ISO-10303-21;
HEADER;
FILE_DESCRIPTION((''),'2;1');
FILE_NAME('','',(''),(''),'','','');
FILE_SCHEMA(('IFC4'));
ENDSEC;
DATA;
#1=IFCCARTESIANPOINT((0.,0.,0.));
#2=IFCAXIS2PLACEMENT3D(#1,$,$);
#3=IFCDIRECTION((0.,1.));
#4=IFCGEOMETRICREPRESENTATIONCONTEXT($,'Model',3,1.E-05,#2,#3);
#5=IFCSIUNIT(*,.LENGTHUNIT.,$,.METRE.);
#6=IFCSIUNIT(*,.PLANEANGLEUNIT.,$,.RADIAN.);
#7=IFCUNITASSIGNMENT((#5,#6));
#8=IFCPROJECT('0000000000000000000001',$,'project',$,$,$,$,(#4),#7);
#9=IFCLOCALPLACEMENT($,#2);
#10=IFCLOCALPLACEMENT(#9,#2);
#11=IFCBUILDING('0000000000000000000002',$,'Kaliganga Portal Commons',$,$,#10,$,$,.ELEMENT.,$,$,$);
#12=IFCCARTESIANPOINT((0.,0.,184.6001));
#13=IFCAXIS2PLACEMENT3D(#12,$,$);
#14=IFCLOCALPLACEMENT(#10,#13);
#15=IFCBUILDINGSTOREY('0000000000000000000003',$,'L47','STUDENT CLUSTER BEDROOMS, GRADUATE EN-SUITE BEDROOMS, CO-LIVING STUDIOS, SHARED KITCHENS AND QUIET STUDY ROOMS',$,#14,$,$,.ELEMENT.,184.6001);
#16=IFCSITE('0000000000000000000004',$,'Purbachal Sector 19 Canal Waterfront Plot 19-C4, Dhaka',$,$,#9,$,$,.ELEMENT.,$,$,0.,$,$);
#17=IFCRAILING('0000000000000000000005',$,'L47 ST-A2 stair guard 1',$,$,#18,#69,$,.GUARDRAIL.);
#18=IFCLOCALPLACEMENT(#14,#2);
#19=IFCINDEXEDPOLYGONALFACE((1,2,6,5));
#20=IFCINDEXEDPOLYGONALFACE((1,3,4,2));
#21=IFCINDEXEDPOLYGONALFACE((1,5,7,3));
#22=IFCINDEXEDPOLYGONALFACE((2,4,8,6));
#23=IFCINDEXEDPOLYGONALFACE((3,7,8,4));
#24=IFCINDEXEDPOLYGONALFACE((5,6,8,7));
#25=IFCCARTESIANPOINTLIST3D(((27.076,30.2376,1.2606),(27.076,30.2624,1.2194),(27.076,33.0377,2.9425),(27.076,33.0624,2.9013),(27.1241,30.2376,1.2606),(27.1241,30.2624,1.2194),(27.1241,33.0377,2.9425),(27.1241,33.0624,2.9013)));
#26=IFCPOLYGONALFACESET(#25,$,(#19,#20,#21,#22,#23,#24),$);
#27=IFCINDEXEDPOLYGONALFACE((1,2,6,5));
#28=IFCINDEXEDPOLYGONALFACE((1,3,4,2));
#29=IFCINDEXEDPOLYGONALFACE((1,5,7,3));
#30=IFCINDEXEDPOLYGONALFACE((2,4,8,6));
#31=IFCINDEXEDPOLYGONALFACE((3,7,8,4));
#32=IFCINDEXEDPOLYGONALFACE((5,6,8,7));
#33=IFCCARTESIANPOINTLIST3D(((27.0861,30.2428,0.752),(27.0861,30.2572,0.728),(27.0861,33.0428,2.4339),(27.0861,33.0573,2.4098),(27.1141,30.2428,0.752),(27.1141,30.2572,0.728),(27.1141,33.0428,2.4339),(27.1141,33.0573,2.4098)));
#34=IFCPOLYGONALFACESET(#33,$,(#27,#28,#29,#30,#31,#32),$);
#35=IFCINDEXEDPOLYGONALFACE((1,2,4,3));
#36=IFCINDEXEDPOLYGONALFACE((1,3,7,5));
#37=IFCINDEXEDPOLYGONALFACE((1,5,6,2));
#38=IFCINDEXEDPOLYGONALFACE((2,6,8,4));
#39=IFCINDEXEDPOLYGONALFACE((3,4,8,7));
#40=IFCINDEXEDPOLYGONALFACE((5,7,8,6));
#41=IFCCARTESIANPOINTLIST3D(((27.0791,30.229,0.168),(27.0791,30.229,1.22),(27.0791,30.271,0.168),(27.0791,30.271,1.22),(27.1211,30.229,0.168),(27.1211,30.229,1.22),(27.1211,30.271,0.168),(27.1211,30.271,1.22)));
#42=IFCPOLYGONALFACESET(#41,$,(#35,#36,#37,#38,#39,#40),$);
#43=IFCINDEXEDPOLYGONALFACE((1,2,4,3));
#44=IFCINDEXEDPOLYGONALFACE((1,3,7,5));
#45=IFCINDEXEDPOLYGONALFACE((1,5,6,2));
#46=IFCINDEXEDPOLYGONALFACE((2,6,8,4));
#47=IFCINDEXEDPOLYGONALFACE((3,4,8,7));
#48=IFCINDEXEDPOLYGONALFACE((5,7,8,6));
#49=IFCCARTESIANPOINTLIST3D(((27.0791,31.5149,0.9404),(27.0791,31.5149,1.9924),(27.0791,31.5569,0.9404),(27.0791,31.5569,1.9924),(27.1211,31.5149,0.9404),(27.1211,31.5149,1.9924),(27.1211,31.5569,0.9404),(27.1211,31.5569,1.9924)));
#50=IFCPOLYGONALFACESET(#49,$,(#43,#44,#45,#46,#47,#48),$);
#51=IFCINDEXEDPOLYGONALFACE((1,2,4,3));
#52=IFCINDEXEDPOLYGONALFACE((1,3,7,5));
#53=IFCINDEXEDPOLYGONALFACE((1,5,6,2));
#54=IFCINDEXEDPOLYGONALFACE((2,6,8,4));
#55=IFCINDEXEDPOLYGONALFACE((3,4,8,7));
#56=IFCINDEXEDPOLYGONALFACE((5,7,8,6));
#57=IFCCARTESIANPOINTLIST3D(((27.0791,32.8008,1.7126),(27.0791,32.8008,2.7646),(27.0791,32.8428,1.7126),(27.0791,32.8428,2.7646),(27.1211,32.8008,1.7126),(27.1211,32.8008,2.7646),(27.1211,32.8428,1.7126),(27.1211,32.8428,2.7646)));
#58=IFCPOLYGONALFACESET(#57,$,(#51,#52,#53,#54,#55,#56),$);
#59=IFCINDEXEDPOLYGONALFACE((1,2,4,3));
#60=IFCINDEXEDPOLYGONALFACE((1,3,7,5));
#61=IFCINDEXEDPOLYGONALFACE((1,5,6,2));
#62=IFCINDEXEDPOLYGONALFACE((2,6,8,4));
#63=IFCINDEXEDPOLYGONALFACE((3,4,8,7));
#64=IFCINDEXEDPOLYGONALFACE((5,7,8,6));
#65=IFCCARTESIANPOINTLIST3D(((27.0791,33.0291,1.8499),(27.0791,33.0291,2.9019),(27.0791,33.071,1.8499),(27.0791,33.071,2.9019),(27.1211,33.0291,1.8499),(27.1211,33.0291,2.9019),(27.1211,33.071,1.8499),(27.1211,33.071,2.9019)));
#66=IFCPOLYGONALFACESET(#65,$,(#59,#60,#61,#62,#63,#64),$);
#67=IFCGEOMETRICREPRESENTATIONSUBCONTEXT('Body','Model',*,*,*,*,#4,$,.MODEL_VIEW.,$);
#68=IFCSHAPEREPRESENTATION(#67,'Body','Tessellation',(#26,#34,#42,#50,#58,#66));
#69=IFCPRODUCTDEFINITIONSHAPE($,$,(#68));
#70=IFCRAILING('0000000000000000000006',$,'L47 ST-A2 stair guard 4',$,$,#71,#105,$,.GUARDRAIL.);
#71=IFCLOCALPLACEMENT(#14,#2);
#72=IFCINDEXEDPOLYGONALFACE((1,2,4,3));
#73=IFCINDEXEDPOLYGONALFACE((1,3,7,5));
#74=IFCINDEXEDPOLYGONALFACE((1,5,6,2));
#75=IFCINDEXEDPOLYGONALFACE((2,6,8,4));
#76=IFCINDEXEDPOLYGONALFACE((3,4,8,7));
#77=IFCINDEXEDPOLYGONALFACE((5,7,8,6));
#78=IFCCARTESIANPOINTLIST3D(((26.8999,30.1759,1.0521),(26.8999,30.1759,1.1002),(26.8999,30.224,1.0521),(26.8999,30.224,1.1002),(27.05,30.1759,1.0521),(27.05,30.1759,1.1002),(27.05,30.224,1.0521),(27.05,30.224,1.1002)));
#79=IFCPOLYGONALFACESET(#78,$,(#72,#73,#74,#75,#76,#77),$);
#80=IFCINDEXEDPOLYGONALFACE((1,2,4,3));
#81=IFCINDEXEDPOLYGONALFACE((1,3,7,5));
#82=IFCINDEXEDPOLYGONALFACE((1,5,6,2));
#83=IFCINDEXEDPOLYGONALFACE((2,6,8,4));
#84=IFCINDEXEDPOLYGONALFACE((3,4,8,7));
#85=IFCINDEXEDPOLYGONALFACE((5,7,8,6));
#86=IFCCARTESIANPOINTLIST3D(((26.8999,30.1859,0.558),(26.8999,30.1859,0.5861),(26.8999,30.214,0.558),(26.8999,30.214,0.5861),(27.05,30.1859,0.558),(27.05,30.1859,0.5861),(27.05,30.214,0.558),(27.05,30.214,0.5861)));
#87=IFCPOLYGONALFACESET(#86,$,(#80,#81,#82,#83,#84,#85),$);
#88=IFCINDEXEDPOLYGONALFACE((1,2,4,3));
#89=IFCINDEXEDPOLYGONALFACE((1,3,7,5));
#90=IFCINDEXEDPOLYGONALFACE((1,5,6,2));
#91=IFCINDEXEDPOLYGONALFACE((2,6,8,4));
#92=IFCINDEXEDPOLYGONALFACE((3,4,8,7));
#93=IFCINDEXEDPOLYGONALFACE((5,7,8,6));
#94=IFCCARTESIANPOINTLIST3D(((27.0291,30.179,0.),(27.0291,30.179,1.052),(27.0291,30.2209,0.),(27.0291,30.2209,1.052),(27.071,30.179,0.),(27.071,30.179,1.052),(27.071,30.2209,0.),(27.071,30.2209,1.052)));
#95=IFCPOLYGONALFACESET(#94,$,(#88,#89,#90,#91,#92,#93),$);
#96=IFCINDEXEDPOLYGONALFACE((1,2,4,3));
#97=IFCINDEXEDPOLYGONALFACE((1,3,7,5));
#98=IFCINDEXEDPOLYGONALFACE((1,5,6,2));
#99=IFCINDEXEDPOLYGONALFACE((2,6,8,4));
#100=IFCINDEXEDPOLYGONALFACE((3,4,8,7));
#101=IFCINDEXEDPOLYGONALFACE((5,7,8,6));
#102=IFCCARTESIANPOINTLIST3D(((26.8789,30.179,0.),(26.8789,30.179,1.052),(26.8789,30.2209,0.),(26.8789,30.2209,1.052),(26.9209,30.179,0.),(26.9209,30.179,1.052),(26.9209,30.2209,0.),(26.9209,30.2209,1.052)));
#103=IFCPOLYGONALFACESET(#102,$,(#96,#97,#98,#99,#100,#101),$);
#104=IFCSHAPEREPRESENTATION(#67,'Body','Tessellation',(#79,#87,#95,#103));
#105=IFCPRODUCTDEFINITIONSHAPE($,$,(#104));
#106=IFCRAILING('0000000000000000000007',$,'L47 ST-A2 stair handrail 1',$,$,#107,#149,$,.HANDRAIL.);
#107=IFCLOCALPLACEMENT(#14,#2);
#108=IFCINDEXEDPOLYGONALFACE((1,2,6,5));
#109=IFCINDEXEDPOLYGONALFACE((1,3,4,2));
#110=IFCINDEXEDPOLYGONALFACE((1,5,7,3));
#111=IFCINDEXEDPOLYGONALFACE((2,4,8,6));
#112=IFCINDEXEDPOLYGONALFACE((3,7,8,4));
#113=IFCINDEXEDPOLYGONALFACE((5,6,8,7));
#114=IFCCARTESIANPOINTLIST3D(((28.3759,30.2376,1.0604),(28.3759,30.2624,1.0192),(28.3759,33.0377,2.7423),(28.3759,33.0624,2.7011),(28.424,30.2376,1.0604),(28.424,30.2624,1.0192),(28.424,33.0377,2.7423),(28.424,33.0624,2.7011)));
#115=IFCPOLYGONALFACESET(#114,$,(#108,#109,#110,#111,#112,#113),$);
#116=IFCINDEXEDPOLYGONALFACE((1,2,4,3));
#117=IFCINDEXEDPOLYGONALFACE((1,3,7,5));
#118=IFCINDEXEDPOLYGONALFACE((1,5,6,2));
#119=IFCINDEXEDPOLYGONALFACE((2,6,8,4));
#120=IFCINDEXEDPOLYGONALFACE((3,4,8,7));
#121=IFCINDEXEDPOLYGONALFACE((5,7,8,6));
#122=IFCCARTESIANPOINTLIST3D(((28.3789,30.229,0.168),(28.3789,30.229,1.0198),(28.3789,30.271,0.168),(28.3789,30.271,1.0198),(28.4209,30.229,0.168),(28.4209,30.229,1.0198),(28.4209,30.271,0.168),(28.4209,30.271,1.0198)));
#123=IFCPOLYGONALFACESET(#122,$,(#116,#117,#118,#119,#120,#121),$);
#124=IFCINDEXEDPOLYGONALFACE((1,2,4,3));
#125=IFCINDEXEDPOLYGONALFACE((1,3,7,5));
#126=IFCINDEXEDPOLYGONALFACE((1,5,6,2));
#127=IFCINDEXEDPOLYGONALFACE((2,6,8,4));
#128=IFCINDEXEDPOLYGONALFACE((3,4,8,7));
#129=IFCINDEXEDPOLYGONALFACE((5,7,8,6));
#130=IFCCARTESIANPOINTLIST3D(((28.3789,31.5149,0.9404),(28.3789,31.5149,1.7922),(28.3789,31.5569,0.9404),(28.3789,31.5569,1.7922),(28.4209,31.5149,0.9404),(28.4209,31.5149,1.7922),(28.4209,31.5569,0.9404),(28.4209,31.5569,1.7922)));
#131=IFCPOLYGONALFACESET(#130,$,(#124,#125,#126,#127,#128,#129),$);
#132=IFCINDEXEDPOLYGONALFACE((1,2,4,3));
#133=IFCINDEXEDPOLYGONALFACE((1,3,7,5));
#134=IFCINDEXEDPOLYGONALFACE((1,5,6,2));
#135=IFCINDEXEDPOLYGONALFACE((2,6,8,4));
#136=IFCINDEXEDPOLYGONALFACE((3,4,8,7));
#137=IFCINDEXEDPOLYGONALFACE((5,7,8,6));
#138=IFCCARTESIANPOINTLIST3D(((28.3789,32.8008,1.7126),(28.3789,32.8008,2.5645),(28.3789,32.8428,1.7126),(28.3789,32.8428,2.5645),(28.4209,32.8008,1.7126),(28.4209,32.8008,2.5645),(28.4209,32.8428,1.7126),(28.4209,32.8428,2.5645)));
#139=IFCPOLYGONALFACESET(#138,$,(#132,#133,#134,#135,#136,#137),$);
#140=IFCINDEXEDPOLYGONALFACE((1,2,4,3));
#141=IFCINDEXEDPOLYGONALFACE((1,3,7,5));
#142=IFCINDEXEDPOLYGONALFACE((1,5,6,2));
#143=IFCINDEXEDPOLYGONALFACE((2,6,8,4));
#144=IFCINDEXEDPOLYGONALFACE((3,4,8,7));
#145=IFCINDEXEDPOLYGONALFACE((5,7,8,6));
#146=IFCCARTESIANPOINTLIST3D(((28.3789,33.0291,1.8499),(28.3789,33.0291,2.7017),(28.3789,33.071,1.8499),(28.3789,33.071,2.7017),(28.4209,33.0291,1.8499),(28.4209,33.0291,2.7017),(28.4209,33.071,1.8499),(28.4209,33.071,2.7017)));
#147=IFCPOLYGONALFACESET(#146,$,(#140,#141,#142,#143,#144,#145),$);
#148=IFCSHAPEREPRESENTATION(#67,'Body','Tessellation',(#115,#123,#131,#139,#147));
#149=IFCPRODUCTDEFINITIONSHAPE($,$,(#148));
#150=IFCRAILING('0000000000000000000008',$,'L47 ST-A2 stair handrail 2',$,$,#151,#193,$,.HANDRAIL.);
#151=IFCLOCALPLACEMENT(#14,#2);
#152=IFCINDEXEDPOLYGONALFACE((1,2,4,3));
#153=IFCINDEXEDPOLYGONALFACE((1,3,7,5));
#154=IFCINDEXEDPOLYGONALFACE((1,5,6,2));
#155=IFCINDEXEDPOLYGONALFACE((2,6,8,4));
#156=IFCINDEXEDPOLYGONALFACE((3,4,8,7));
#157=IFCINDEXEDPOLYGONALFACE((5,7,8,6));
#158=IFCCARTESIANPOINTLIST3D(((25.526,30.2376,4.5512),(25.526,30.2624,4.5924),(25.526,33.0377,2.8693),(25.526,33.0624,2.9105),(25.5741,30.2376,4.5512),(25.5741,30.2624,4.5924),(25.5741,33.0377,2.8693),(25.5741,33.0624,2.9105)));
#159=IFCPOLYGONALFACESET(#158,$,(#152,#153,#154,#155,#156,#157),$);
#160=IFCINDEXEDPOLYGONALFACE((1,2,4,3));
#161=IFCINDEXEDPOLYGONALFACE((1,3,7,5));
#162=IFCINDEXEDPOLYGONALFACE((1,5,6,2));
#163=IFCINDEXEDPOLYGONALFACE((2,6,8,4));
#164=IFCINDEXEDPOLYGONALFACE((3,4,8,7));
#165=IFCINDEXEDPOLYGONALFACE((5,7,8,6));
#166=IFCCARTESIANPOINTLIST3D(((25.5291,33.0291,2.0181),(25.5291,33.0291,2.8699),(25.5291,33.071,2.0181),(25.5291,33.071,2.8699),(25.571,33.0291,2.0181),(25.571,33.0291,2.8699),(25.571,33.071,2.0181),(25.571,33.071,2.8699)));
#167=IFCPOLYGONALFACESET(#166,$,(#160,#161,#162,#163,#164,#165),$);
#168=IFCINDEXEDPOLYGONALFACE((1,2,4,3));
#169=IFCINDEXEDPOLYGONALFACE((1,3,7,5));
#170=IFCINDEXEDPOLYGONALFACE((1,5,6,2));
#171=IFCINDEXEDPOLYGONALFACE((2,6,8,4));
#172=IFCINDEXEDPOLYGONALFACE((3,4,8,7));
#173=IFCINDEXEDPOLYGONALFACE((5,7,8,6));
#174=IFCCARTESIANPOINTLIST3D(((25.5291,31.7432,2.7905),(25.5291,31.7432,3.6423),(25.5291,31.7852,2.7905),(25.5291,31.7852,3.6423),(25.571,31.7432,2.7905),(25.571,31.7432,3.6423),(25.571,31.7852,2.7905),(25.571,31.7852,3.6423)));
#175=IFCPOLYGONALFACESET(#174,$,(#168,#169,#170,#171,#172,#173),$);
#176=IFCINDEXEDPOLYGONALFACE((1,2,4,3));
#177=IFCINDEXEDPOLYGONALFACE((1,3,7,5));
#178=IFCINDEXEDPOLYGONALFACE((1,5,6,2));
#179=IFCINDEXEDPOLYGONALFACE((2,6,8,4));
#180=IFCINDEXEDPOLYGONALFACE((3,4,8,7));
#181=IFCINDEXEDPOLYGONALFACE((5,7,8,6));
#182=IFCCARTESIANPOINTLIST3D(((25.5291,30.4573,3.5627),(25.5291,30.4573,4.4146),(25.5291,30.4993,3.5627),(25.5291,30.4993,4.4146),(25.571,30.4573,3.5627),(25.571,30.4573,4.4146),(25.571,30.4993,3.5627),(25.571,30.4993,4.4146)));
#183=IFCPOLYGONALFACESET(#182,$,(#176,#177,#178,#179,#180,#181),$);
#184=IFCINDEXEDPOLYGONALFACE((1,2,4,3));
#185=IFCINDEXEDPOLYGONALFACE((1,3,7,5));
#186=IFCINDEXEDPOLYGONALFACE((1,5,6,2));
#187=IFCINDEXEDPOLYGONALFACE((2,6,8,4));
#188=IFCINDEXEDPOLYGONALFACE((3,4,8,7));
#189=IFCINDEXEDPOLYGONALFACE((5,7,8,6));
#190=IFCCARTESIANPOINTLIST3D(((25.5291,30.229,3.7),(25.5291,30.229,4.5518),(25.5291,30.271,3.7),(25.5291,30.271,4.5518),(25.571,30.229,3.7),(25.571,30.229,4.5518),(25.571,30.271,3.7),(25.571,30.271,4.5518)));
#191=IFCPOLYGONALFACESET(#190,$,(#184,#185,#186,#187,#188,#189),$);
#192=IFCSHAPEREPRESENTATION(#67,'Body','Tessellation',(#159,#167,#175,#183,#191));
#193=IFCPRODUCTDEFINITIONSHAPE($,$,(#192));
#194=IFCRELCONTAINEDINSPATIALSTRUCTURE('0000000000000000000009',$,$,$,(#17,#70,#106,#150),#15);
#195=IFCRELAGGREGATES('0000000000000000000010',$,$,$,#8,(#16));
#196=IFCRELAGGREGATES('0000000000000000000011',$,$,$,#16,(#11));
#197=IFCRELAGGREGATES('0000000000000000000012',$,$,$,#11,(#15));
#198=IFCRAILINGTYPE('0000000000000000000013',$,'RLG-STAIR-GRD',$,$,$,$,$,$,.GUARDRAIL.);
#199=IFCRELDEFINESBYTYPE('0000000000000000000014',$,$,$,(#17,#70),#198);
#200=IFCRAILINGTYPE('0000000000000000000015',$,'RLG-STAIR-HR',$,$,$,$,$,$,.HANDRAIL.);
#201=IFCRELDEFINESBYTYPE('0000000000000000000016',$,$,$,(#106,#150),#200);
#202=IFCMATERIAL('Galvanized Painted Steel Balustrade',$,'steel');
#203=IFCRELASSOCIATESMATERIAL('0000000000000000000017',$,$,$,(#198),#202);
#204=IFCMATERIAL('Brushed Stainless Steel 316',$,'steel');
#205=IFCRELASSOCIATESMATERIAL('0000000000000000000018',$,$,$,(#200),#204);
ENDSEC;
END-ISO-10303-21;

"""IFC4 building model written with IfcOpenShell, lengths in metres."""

from ifc_helpers import new_model, si_unit, direction, frame, origin, origin_2d, place, context, subcontext, project, spatial, rectangle, extrude, material, type_object, element, save


model = new_model("IFC4")

# Units and contexts
model_context = context("Model", 3, precision=1e-05, world=origin(), true_north=direction((0.0, 1.0)))
body_context = subcontext(model_context, "Body", "Model", "MODEL_VIEW")
ifc_project = project(units=[si_unit("LENGTHUNIT", "METRE"), si_unit("PLANEANGLEUNIT", "RADIAN")], contexts=[model_context])

# Site, building, storey
site_placement = place(None, origin())
site = spatial("IfcSite", under=ifc_project, at=site_placement, Name="Purbachal Sector 19 Canal Waterfront Plot 19-C4, Dhaka", CompositionType="ELEMENT", RefElevation=0.0)
building_placement = place(site_placement, origin())
building = spatial("IfcBuilding", under=site, at=building_placement, Name="Kaliganga Portal Commons", CompositionType="ELEMENT")
storey_placement = place(building_placement, frame((0.0, 0.0, 184.6001)))
storey = spatial("IfcBuildingStorey", under=building, at=storey_placement, Name="L47", Description="STUDENT CLUSTER BEDROOMS, GRADUATE EN-SUITE BEDROOMS, CO-LIVING STUDIOS, SHARED KITCHENS AND QUIET STUDY ROOMS", CompositionType="ELEMENT", Elevation=184.6001)

# Railings
ifc_material_1 = material(Name="Galvanized Painted Steel Balustrade", Category="steel")
railing_type_1 = type_object("IfcRailingType", Name="RLG-STAIR-GRD", PredefinedType="GUARDRAIL", material=ifc_material_1)
railing_1_placement = place(storey_placement, frame((27.1001, 30.25, 0.168)))
element("IfcRailing", 1, at=railing_1_placement, inside=storey, type_object=railing_type_1, Name="L47 ST-A2 stair guard 1", PredefinedType="GUARDRAIL", context=body_context, shape_type="SweptSolid", body=[
    extrude(rectangle(XDim=0.0481, YDim=0.0481, at=origin_2d()), frame((0.0, 0.0, 1.072), z_axis=(0.0, 0.857242, 0.514913), x_axis=(-1.0, 0.0, 0.0)), (0.0, 0.0, 1.0), 3.2664),
    extrude(rectangle(XDim=0.0281, YDim=0.0281, at=origin_2d()), frame((0.0, 0.0, 0.572), z_axis=(0.0, 0.857242, 0.514913), x_axis=(-1.0, 0.0, 0.0)), (0.0, 0.0, 1.0), 3.2664),
    extrude(rectangle(XDim=0.042, YDim=0.042, at=origin_2d()), origin(), (0.0, 0.0, 1.0), 1.052),
    extrude(rectangle(XDim=0.042, YDim=0.042, at=origin_2d()), frame((0.0, 1.2859, 0.7725)), (0.0, 0.0, 1.0), 1.052),
    extrude(rectangle(XDim=0.042, YDim=0.042, at=origin_2d()), frame((0.0, 2.5718, 1.5447)), (0.0, 0.0, 1.0), 1.052),
    extrude(rectangle(XDim=0.042, YDim=0.042, at=origin_2d()), frame((0.0, 2.8, 1.6819)), (0.0, 0.0, 1.0), 1.052),
])
railing_2_placement = place(storey_placement, frame((27.05, 30.2, 0.0)))
element("IfcRailing", 2, at=railing_2_placement, inside=storey, type_object=railing_type_1, Name="L47 ST-A2 stair guard 4", PredefinedType="GUARDRAIL", context=body_context, shape_type="SweptSolid", body=[
    extrude(rectangle(XDim=0.0481, YDim=0.0481, at=origin_2d()), frame((0.0, 0.0, 1.0762), z_axis=(-1.0, 0.0, 0.0), x_axis=(0.0, -1.0, 0.0)), (0.0, 0.0, 1.0), 0.1501),
    extrude(rectangle(XDim=0.0281, YDim=0.0281, at=origin_2d()), frame((0.0, 0.0, 0.572), z_axis=(-1.0, 0.0, 0.0), x_axis=(0.0, -1.0, 0.0)), (0.0, 0.0, 1.0), 0.1501),
    extrude(rectangle(XDim=0.042, YDim=0.042, at=origin_2d()), origin(), (0.0, 0.0, 1.0), 1.052),
    extrude(rectangle(XDim=0.042, YDim=0.042, at=origin_2d()), frame((-0.1501, 0.0, 0.0)), (0.0, 0.0, 1.0), 1.052),
])
ifc_material_2 = material(Name="Brushed Stainless Steel 316", Category="steel")
railing_type_2 = type_object("IfcRailingType", Name="RLG-STAIR-HR", PredefinedType="HANDRAIL", material=ifc_material_2)
railing_3_placement = place(storey_placement, frame((28.3999, 30.25, 0.168)))
element("IfcRailing", 3, at=railing_3_placement, inside=storey, type_object=railing_type_2, Name="L47 ST-A2 stair handrail 1", PredefinedType="HANDRAIL", context=body_context, shape_type="SweptSolid", body=[
    extrude(rectangle(XDim=0.0481, YDim=0.0481, at=origin_2d()), frame((0.0, 0.0, 0.8718), z_axis=(0.0, 0.857242, 0.514913), x_axis=(-1.0, 0.0, 0.0)), (0.0, 0.0, 1.0), 3.2664),
    extrude(rectangle(XDim=0.042, YDim=0.042, at=origin_2d()), origin(), (0.0, 0.0, 1.0), 0.8518),
    extrude(rectangle(XDim=0.042, YDim=0.042, at=origin_2d()), frame((0.0, 1.2859, 0.7725)), (0.0, 0.0, 1.0), 0.8518),
    extrude(rectangle(XDim=0.042, YDim=0.042, at=origin_2d()), frame((0.0, 2.5718, 1.5447)), (0.0, 0.0, 1.0), 0.8518),
    extrude(rectangle(XDim=0.042, YDim=0.042, at=origin_2d()), frame((0.0, 2.8, 1.6819)), (0.0, 0.0, 1.0), 0.8518),
])
railing_4_placement = place(storey_placement, frame((25.55, 33.05, 2.0181)))
element("IfcRailing", 4, at=railing_4_placement, inside=storey, type_object=railing_type_2, Name="L47 ST-A2 stair handrail 2", PredefinedType="HANDRAIL", context=body_context, shape_type="SweptSolid", body=[
    extrude(rectangle(XDim=0.0481, YDim=0.0481, at=origin_2d()), frame((0.0, 0.0, 0.8718), z_axis=(0.0, -0.857242, 0.514913), x_axis=(1.0, 0.0, 0.0)), (0.0, 0.0, 1.0), 3.2664),
    extrude(rectangle(XDim=0.042, YDim=0.042, at=origin_2d()), origin(), (0.0, 0.0, 1.0), 0.8518),
    extrude(rectangle(XDim=0.042, YDim=0.042, at=origin_2d()), frame((0.0, -1.2859, 0.7725)), (0.0, 0.0, 1.0), 0.8518),
    extrude(rectangle(XDim=0.042, YDim=0.042, at=origin_2d()), frame((0.0, -2.5718, 1.5447)), (0.0, 0.0, 1.0), 0.8518),
    extrude(rectangle(XDim=0.042, YDim=0.042, at=origin_2d()), frame((0.0, -2.8, 1.6819)), (0.0, 0.0, 1.0), 0.8518),
])

save(model, "model.ifc")
